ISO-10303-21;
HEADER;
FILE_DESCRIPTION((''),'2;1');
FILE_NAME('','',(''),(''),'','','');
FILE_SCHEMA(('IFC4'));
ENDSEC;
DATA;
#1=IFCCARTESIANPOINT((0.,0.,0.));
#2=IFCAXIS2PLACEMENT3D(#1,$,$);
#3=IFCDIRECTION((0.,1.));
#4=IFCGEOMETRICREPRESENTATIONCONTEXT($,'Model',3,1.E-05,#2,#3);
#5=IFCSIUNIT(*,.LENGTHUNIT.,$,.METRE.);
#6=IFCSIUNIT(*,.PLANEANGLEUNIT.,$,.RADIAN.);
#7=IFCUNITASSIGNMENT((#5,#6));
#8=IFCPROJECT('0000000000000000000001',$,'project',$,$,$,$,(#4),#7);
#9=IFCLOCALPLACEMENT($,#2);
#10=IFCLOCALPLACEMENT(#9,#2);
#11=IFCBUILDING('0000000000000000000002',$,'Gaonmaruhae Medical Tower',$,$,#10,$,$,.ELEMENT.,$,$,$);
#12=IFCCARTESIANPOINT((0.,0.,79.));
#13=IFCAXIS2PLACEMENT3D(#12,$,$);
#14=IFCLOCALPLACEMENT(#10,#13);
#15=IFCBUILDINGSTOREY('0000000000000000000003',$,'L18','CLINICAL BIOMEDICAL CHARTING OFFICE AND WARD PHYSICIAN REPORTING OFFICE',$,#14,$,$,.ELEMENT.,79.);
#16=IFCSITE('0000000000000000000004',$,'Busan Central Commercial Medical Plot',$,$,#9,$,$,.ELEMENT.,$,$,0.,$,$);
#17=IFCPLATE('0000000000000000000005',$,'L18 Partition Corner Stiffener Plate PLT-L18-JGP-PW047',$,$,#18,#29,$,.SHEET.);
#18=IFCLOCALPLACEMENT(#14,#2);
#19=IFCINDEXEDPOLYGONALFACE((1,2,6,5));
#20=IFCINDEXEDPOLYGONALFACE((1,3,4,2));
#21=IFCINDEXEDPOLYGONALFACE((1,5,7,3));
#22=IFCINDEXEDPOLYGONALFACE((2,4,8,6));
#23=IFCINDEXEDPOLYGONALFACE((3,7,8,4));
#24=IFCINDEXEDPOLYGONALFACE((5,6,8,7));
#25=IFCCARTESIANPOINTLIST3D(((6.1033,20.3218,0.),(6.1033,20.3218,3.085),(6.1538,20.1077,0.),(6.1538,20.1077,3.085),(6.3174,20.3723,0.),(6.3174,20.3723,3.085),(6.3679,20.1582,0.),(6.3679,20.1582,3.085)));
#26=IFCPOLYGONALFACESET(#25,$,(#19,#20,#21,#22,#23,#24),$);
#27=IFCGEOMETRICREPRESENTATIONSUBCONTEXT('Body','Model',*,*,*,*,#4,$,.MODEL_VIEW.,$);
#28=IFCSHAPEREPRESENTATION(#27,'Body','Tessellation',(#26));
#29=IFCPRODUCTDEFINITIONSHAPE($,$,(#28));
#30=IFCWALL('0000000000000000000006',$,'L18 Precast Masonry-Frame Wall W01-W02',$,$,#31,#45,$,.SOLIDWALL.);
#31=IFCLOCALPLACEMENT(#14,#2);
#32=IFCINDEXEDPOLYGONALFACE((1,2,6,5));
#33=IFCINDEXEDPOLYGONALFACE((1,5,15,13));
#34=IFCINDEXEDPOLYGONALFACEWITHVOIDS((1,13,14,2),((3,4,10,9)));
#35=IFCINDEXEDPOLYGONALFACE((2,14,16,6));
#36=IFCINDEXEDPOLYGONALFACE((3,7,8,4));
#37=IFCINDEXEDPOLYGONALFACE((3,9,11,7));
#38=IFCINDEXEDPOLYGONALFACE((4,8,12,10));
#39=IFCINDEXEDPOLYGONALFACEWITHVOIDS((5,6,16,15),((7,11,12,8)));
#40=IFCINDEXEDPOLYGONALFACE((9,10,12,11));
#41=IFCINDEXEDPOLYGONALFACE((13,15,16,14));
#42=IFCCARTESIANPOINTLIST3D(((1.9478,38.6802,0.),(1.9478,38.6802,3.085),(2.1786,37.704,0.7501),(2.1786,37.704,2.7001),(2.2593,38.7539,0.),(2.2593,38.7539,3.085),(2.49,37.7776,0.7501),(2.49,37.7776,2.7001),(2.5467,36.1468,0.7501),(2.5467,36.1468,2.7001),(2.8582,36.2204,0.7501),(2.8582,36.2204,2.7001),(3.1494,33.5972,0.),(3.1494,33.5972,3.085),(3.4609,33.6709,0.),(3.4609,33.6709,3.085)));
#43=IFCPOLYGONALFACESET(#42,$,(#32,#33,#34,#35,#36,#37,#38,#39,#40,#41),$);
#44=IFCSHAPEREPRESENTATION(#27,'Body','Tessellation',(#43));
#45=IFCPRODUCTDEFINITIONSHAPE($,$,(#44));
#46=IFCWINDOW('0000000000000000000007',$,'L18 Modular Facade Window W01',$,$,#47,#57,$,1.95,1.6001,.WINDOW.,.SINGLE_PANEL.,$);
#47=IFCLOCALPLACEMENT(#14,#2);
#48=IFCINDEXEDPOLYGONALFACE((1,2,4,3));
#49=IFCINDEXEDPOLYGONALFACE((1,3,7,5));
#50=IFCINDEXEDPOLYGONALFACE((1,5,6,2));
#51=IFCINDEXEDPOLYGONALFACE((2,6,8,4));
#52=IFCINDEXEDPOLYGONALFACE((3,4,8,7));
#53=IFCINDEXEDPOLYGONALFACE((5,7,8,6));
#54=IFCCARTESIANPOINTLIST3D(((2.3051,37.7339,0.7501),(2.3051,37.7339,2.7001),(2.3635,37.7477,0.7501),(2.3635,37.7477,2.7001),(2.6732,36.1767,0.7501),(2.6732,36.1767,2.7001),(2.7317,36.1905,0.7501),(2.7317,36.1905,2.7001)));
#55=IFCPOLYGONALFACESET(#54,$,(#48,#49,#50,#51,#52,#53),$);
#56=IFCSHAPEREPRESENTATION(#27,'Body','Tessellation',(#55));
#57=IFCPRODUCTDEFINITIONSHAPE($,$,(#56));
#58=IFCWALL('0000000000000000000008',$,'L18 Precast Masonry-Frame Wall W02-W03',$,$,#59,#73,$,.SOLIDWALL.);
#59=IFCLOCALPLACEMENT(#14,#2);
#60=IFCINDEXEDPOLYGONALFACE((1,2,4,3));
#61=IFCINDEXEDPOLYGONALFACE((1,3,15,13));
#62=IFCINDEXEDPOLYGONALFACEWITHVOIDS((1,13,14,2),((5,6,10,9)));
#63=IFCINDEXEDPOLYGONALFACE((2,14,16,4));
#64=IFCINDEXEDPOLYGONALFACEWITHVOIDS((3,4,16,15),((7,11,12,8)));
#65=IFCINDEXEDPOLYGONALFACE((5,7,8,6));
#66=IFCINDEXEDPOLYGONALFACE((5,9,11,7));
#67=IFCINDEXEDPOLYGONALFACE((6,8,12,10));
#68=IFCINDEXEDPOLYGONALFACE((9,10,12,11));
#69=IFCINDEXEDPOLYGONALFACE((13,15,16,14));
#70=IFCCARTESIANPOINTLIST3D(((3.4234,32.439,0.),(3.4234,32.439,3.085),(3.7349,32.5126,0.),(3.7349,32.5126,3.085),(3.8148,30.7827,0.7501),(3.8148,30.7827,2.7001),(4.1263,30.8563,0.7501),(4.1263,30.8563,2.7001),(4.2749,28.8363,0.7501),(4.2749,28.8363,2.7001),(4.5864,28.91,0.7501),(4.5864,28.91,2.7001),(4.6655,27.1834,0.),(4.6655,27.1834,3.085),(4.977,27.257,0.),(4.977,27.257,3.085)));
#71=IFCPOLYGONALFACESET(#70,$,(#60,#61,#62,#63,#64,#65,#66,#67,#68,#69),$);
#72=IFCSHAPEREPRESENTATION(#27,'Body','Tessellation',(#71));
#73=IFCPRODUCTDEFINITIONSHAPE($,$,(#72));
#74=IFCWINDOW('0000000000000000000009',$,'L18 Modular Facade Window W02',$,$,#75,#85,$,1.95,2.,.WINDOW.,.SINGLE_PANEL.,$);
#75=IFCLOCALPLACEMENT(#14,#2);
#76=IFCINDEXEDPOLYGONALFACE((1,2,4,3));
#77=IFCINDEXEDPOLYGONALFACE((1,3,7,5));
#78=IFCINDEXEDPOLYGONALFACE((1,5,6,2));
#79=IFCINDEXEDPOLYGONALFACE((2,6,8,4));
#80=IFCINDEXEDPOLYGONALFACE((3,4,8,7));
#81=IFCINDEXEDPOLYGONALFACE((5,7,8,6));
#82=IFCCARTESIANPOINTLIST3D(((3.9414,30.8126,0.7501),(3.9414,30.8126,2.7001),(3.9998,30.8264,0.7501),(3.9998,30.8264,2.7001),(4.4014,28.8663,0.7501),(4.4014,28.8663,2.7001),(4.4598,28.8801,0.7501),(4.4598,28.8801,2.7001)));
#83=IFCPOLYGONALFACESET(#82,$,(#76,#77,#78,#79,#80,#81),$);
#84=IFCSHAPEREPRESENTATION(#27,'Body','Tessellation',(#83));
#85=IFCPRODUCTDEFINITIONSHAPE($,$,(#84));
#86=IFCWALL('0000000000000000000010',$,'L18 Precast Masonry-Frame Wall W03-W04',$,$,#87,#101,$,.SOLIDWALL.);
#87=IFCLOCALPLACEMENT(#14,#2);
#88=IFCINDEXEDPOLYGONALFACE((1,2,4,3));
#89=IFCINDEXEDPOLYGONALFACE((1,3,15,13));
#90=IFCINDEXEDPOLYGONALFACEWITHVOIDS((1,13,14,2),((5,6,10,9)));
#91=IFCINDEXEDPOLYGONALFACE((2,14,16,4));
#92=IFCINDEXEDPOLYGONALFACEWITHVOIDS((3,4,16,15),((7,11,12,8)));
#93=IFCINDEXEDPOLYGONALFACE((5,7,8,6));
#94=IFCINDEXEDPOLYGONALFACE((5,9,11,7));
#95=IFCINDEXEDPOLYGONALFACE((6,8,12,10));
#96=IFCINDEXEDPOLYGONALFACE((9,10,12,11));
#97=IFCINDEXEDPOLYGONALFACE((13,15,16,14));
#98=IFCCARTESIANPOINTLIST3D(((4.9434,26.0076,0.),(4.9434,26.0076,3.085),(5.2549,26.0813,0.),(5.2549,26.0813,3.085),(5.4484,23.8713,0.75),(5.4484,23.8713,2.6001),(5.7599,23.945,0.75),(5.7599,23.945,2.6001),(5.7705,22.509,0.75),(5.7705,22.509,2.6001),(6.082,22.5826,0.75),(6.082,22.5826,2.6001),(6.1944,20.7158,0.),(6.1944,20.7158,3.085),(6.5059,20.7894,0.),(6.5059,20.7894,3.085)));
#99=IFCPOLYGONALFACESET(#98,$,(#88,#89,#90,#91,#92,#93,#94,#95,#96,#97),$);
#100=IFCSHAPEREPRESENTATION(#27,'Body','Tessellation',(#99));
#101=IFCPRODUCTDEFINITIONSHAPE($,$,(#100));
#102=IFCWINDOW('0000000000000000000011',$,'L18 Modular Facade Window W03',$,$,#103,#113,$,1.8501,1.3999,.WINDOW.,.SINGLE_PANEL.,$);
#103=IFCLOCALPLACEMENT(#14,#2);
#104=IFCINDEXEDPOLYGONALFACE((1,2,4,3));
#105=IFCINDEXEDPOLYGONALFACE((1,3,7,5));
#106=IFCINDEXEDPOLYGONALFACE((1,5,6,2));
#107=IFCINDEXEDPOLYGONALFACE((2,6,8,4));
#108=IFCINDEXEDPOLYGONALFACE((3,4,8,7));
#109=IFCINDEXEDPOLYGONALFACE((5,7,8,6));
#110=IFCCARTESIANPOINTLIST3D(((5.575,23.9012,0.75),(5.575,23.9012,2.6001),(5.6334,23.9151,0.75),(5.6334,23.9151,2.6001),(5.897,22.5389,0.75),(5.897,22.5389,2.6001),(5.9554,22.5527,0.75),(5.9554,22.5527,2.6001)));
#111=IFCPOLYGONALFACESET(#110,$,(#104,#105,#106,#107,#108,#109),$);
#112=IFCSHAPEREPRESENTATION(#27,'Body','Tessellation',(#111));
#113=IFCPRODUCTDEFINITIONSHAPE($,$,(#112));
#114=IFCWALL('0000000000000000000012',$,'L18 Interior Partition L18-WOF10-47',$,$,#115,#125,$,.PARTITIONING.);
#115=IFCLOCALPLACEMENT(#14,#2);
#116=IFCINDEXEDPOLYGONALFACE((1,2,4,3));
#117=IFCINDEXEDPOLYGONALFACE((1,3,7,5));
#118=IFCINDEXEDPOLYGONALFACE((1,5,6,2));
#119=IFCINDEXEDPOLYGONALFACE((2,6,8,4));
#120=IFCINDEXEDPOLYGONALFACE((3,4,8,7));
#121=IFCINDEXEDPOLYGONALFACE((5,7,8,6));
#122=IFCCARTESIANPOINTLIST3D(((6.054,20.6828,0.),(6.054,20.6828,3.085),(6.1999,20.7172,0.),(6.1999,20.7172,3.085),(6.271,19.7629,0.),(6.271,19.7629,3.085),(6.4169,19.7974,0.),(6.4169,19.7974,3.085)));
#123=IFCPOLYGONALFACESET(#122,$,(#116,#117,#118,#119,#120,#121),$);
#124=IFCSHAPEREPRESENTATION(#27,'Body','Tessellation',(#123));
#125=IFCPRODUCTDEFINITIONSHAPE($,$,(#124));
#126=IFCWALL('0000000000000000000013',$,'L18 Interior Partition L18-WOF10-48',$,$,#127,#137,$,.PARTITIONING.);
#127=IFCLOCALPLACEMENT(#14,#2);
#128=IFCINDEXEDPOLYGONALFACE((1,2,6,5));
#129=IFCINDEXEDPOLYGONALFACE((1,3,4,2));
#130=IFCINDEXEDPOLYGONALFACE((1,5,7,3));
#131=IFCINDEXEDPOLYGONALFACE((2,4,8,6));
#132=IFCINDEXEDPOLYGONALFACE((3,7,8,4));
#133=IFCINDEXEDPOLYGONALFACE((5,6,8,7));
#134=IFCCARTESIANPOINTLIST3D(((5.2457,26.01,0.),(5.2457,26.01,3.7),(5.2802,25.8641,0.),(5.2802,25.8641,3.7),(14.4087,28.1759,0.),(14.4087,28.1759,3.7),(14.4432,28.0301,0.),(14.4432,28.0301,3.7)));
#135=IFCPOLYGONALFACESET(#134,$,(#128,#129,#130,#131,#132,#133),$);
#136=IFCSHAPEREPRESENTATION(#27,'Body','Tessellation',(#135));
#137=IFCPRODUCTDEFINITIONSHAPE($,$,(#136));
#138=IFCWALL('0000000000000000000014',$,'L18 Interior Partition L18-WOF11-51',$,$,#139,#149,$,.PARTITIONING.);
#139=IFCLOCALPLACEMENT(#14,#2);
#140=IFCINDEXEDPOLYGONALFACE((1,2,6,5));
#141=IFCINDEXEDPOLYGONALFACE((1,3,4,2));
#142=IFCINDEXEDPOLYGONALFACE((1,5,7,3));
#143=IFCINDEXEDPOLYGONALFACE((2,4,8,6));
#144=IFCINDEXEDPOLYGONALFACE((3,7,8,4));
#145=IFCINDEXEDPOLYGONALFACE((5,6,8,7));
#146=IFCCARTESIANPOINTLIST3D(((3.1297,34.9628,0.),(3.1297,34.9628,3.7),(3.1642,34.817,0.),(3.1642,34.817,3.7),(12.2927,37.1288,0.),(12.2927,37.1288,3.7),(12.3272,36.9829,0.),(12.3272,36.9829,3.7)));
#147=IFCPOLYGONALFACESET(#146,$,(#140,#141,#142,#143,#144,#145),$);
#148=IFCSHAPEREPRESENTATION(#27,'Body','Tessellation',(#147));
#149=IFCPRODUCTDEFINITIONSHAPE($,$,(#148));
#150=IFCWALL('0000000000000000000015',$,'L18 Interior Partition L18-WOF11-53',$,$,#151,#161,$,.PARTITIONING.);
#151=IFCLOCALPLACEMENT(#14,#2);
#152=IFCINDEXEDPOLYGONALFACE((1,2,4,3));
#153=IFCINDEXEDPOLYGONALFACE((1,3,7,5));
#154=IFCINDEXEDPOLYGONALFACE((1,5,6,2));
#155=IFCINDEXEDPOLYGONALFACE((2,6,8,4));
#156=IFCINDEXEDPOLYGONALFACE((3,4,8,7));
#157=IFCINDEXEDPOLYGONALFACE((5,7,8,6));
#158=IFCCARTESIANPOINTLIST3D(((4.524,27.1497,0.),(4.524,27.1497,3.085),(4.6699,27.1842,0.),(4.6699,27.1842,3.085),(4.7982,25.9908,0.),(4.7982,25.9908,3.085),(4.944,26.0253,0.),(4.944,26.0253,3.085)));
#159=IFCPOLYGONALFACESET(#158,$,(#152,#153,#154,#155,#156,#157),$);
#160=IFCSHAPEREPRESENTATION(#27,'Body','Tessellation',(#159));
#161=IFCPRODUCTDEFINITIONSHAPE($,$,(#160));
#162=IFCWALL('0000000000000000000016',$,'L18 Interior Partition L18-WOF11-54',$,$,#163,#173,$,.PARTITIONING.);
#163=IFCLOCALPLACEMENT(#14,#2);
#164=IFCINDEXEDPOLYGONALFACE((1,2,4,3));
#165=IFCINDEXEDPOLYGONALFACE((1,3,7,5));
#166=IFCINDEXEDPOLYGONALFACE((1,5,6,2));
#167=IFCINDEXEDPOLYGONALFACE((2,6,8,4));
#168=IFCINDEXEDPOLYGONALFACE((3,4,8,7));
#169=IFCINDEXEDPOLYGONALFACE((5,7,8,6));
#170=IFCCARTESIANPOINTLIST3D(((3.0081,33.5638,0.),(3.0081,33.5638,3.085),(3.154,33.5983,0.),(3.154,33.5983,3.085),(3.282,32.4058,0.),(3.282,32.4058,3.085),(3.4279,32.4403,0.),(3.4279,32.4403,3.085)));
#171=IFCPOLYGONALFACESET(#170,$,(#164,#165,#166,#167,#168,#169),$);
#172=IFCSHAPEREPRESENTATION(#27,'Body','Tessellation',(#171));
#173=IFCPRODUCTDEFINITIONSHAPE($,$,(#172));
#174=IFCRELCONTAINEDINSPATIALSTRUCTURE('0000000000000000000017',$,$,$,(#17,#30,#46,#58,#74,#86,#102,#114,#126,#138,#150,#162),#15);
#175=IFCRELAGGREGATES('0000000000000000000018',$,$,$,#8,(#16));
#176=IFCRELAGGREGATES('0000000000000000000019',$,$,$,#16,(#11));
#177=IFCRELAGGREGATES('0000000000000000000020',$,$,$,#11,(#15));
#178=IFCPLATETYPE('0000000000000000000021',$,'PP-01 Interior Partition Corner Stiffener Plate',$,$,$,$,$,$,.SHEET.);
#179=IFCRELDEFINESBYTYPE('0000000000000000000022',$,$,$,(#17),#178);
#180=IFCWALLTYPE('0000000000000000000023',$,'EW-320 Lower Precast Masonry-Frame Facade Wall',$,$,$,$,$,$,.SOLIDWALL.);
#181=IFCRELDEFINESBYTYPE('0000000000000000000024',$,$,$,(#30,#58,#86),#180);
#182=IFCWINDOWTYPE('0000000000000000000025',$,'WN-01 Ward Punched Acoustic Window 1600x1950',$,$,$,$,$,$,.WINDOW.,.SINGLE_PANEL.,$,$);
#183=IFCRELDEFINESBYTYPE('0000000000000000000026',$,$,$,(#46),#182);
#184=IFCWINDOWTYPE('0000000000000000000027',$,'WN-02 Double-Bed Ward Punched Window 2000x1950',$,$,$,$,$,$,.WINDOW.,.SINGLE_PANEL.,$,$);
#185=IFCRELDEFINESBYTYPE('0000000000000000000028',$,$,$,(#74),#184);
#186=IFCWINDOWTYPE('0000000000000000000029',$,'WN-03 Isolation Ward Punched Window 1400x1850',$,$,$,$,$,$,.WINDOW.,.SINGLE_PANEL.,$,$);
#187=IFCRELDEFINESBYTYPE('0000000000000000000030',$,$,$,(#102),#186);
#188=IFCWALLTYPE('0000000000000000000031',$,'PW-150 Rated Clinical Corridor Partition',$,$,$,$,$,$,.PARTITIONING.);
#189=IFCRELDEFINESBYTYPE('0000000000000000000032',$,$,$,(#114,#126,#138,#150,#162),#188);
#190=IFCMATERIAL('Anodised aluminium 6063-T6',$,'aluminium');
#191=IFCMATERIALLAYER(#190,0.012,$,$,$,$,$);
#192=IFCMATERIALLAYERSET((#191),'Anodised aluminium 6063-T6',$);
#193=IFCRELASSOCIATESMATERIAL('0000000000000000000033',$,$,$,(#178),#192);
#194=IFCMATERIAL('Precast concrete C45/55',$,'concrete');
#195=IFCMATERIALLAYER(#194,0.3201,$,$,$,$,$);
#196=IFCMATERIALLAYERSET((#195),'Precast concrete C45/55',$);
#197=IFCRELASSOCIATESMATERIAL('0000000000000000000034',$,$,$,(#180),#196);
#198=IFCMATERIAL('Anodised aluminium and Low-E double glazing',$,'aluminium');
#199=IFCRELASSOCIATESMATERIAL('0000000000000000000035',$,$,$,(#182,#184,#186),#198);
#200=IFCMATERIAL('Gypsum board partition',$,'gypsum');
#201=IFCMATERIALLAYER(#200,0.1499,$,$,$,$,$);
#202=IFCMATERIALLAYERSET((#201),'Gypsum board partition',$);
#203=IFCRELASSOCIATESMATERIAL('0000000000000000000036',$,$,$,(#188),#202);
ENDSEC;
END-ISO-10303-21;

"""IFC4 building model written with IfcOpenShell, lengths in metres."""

from ifc_helpers import new_model, si_unit, direction, frame, frame_2d, origin, origin_2d, place, context, subcontext, project, spatial, rectangle, extrude, material, layer, layer_set, type_object, element, fill, save


model = new_model("IFC4")

# Units and contexts
model_context = context("Model", 3, precision=1e-05, world=origin(), true_north=direction((0.0, 1.0)))
body_context = subcontext(model_context, "Body", "Model", "MODEL_VIEW")
ifc_project = project(units=[si_unit("LENGTHUNIT", "METRE"), si_unit("PLANEANGLEUNIT", "RADIAN")], contexts=[model_context])

# Site, building, storey
site_placement = place(None, origin())
site = spatial("IfcSite", under=ifc_project, at=site_placement, Name="Busan Central Commercial Medical Plot", CompositionType="ELEMENT", RefElevation=0.0)
building_placement = place(site_placement, origin())
building = spatial("IfcBuilding", under=site, at=building_placement, Name="Gaonmaruhae Medical Tower", CompositionType="ELEMENT")
storey_placement = place(building_placement, frame((0.0, 0.0, 79.0)))
storey = spatial("IfcBuildingStorey", under=building, at=storey_placement, Name="L18", Description="CLINICAL BIOMEDICAL CHARTING OFFICE AND WARD PHYSICIAN REPORTING OFFICE", CompositionType="ELEMENT", Elevation=79.0)

# Plate
ifc_material_1 = material(Name="Anodised aluminium 6063-T6", Category="aluminium")
ifc_layer_1 = layer(ifc_material_1, 0.012)
ifc_layer_set_1 = layer_set([ifc_layer_1], Name="Anodised aluminium 6063-T6")
plate_type = type_object("IfcPlateType", Name="PP-01 Interior Partition Corner Stiffener Plate", PredefinedType="SHEET", material=ifc_layer_set_1)
plate_placement = place(storey_placement, frame((6.2356, 20.24, 0.0), z_axis=(0.0, 0.0, 1.0), x_axis=(-0.229574, 0.973291, 0.0)))
element("IfcPlate", 1, at=plate_placement, inside=storey, type_object=plate_type, Name="L18 Partition Corner Stiffener Plate PLT-L18-JGP-PW047", PredefinedType="SHEET", context=body_context, shape_type="SweptSolid", body=[
    extrude(rectangle(XDim=0.22, YDim=0.22, at=origin_2d()), origin(), (0.0, 0.0, 1.0), 3.085),
])

# Walls, openings, windows
ifc_material_2 = material(Name="Precast concrete C45/55", Category="concrete")
ifc_layer_2 = layer(ifc_material_2, 0.3201)
ifc_layer_set_2 = layer_set([ifc_layer_2], Name="Precast concrete C45/55")
wall_type_1 = type_object("IfcWallType", Name="EW-320 Lower Precast Masonry-Frame Facade Wall", PredefinedType="SOLIDWALL", material=ifc_layer_set_2)
wall_1_placement = place(storey_placement, frame((3.3052, 33.634, 0.0), z_axis=(0.0, 0.0, 1.0), x_axis=(-0.230066, 0.973175, 0.0)))
wall_1 = element("IfcWall", 2, at=wall_1_placement, inside=storey, type_object=wall_type_1, Name="L18 Precast Masonry-Frame Wall W01-W02", PredefinedType="SOLIDWALL", context=body_context, shape_type="SweptSolid", body=[
    extrude(rectangle(XDim=5.2231, YDim=0.3201, at=frame_2d((2.6116, 0.0))), origin(), (0.0, 0.0, 1.0), 3.085),
])
opening_1_placement = place(wall_1_placement, frame((2.6199, 0.0, 0.75)))
opening_1 = element("IfcOpeningElement", 3, at=opening_1_placement, cuts=wall_1, PredefinedType="OPENING", context=body_context, shape_type="SweptSolid", body=[
    extrude(rectangle(XDim=1.6001, YDim=1.95, at=frame_2d((0.8, 0.9751))), frame((0.0, 0.1699, 0.0), z_axis=(0.0, -1.0, 0.0), x_axis=(1.0, 0.0, 0.0)), (0.0, 0.0, 1.0), 0.3401),
])
ifc_material_3 = material(Name="Anodised aluminium and Low-E double glazing", Category="aluminium")
window_type_1 = type_object("IfcWindowType", Name="WN-01 Ward Punched Acoustic Window 1600x1950", PartitioningType="SINGLE_PANEL", PredefinedType="WINDOW", material=ifc_material_3)
window_1_placement = place(opening_1_placement, origin())
window_1 = element("IfcWindow", 4, at=window_1_placement, inside=storey, type_object=window_type_1, Name="L18 Modular Facade Window W01", OverallHeight=1.95, OverallWidth=1.6001, PartitioningType="SINGLE_PANEL", PredefinedType="WINDOW", context=body_context, shape_type="SweptSolid", body=[
    extrude(rectangle(XDim=1.6001, YDim=1.95, at=frame_2d((0.8, 0.9751))), frame((0.0, 0.03, 0.0), z_axis=(0.0, -1.0, 0.0), x_axis=(1.0, 0.0, 0.0)), (0.0, 0.0, 1.0), 0.0601),
])
fill(opening_1, window_1)
wall_2_placement = place(storey_placement, frame((4.8213, 27.2202, 0.0), z_axis=(0.0, 0.0, 1.0), x_axis=(-0.230017, 0.973187, 0.0)))
wall_2 = element("IfcWall", 5, at=wall_2_placement, inside=storey, type_object=wall_type_1, Name="L18 Precast Masonry-Frame Wall W02-W03", PredefinedType="SOLIDWALL", context=body_context, shape_type="SweptSolid", body=[
    extrude(rectangle(XDim=5.4004, YDim=0.3201, at=frame_2d((2.7002, 0.0))), origin(), (0.0, 0.0, 1.0), 3.085),
])
opening_2_placement = place(wall_2_placement, frame((1.6985, 0.0, 0.75)))
opening_2 = element("IfcOpeningElement", 6, at=opening_2_placement, cuts=wall_2, PredefinedType="OPENING", context=body_context, shape_type="SweptSolid", body=[
    extrude(rectangle(XDim=2.0, YDim=1.95, at=frame_2d((1.0, 0.9751))), frame((0.0, 0.1699, 0.0), z_axis=(0.0, -1.0, 0.0), x_axis=(1.0, 0.0, 0.0)), (0.0, 0.0, 1.0), 0.3401),
])
window_type_2 = type_object("IfcWindowType", Name="WN-02 Double-Bed Ward Punched Window 2000x1950", PartitioningType="SINGLE_PANEL", PredefinedType="WINDOW", material=ifc_material_3)
window_2_placement = place(opening_2_placement, origin())
window_2 = element("IfcWindow", 7, at=window_2_placement, inside=storey, type_object=window_type_2, Name="L18 Modular Facade Window W02", OverallHeight=1.95, OverallWidth=2.0, PartitioningType="SINGLE_PANEL", PredefinedType="WINDOW", context=body_context, shape_type="SweptSolid", body=[
    extrude(rectangle(XDim=2.0, YDim=1.95, at=frame_2d((1.0, 0.9751))), frame((0.0, 0.03, 0.0), z_axis=(0.0, -1.0, 0.0), x_axis=(1.0, 0.0, 0.0)), (0.0, 0.0, 1.0), 0.0601),
])
fill(opening_2, window_2)
wall_3_placement = place(storey_placement, frame((6.3501, 20.7527, 0.0), z_axis=(0.0, 0.0, 1.0), x_axis=(-0.23005, 0.973179, 0.0)))
wall_3 = element("IfcWall", 8, at=wall_3_placement, inside=storey, type_object=wall_type_1, Name="L18 Precast Masonry-Frame Wall W03-W04", PredefinedType="SOLIDWALL", context=body_context, shape_type="SweptSolid", body=[
    extrude(rectangle(XDim=5.4377, YDim=0.3201, at=frame_2d((2.7188, 0.0))), origin(), (0.0, 0.0, 1.0), 3.085),
])
opening_3_placement = place(wall_3_placement, frame((1.8425, 0.0, 0.75)))
opening_3 = element("IfcOpeningElement", 9, at=opening_3_placement, cuts=wall_3, PredefinedType="OPENING", context=body_context, shape_type="SweptSolid", body=[
    extrude(rectangle(XDim=1.3999, YDim=1.8501, at=frame_2d((0.7, 0.925))), frame((0.0, 0.1699, 0.0), z_axis=(0.0, -1.0, 0.0), x_axis=(1.0, 0.0, 0.0)), (0.0, 0.0, 1.0), 0.3401),
])
window_type_3 = type_object("IfcWindowType", Name="WN-03 Isolation Ward Punched Window 1400x1850", PartitioningType="SINGLE_PANEL", PredefinedType="WINDOW", material=ifc_material_3)
window_3_placement = place(opening_3_placement, origin())
window_3 = element("IfcWindow", 10, at=window_3_placement, inside=storey, type_object=window_type_3, Name="L18 Modular Facade Window W03", OverallHeight=1.8501, OverallWidth=1.3999, PartitioningType="SINGLE_PANEL", PredefinedType="WINDOW", context=body_context, shape_type="SweptSolid", body=[
    extrude(rectangle(XDim=1.3999, YDim=1.8501, at=frame_2d((0.7, 0.925))), frame((0.0, 0.03, 0.0), z_axis=(0.0, -1.0, 0.0), x_axis=(1.0, 0.0, 0.0)), (0.0, 0.0, 1.0), 0.0601),
])
fill(opening_3, window_3)

# Walls
ifc_material_4 = material(Name="Gypsum board partition", Category="gypsum")
ifc_layer_3 = layer(ifc_material_4, 0.1499)
ifc_layer_set_3 = layer_set([ifc_layer_3], Name="Gypsum board partition")
wall_type_2 = type_object("IfcWallType", Name="PW-150 Rated Clinical Corridor Partition", PredefinedType="PARTITIONING", material=ifc_layer_set_3)
wall_4_placement = place(storey_placement, frame((6.344, 19.78, 0.0), z_axis=(0.0, 0.0, 1.0), x_axis=(-0.22963, 0.973278, 0.0)))
element("IfcWall", 11, at=wall_4_placement, inside=storey, type_object=wall_type_2, Name="L18 Interior Partition L18-WOF10-47", PredefinedType="PARTITIONING", context=body_context, shape_type="SweptSolid", body=[
    extrude(rectangle(XDim=0.9451, YDim=0.1499, at=frame_2d((0.4727, 0.0))), origin(), (0.0, 0.0, 1.0), 3.085),
])
for number, where, z_axis, x_axis, name in (
    (12, (5.2629, 25.937, 0.0), (0.0, 0.0, 1.0), (0.97318, 0.230045, 0.0), "L18 Interior Partition L18-WOF10-48"),
    (13, (3.147, 34.8899, 0.0), (0.0, 0.0, 1.0), (0.97318, 0.230045, 0.0), "L18 Interior Partition L18-WOF11-51"),
):
    element("IfcWall", number, at=place(storey_placement, frame(where, z_axis=z_axis, x_axis=x_axis)), inside=storey, type_object=wall_type_2, Name=name, PredefinedType="PARTITIONING", context=body_context, shape_type="SweptSolid", body=[
        extrude(rectangle(XDim=9.4155, YDim=0.1499, at=frame_2d((4.7078, 0.0))), origin(), (0.0, 0.0, 1.0), 3.7),
    ])
wall_5_placement = place(storey_placement, frame((4.8711, 26.0081, 0.0), z_axis=(0.0, 0.0, 1.0), x_axis=(-0.230216, 0.97314, 0.0)))
element("IfcWall", 14, at=wall_5_placement, inside=storey, type_object=wall_type_2, Name="L18 Interior Partition L18-WOF11-53", PredefinedType="PARTITIONING", context=body_context, shape_type="SweptSolid", body=[
    extrude(rectangle(XDim=1.1909, YDim=0.1499, at=frame_2d((0.5955, 0.0))), origin(), (0.0, 0.0, 1.0), 3.085),
])
wall_6_placement = place(storey_placement, frame((3.355, 32.4231, 0.0), z_axis=(0.0, 0.0, 1.0), x_axis=(-0.230206, 0.973142, 0.0)))
element("IfcWall", 15, at=wall_6_placement, inside=storey, type_object=wall_type_2, Name="L18 Interior Partition L18-WOF11-54", PredefinedType="PARTITIONING", context=body_context, shape_type="SweptSolid", body=[
    extrude(rectangle(XDim=1.1899, YDim=0.1499, at=frame_2d((0.595, 0.0))), origin(), (0.0, 0.0, 1.0), 3.085),
])

save(model, "model.ifc")
